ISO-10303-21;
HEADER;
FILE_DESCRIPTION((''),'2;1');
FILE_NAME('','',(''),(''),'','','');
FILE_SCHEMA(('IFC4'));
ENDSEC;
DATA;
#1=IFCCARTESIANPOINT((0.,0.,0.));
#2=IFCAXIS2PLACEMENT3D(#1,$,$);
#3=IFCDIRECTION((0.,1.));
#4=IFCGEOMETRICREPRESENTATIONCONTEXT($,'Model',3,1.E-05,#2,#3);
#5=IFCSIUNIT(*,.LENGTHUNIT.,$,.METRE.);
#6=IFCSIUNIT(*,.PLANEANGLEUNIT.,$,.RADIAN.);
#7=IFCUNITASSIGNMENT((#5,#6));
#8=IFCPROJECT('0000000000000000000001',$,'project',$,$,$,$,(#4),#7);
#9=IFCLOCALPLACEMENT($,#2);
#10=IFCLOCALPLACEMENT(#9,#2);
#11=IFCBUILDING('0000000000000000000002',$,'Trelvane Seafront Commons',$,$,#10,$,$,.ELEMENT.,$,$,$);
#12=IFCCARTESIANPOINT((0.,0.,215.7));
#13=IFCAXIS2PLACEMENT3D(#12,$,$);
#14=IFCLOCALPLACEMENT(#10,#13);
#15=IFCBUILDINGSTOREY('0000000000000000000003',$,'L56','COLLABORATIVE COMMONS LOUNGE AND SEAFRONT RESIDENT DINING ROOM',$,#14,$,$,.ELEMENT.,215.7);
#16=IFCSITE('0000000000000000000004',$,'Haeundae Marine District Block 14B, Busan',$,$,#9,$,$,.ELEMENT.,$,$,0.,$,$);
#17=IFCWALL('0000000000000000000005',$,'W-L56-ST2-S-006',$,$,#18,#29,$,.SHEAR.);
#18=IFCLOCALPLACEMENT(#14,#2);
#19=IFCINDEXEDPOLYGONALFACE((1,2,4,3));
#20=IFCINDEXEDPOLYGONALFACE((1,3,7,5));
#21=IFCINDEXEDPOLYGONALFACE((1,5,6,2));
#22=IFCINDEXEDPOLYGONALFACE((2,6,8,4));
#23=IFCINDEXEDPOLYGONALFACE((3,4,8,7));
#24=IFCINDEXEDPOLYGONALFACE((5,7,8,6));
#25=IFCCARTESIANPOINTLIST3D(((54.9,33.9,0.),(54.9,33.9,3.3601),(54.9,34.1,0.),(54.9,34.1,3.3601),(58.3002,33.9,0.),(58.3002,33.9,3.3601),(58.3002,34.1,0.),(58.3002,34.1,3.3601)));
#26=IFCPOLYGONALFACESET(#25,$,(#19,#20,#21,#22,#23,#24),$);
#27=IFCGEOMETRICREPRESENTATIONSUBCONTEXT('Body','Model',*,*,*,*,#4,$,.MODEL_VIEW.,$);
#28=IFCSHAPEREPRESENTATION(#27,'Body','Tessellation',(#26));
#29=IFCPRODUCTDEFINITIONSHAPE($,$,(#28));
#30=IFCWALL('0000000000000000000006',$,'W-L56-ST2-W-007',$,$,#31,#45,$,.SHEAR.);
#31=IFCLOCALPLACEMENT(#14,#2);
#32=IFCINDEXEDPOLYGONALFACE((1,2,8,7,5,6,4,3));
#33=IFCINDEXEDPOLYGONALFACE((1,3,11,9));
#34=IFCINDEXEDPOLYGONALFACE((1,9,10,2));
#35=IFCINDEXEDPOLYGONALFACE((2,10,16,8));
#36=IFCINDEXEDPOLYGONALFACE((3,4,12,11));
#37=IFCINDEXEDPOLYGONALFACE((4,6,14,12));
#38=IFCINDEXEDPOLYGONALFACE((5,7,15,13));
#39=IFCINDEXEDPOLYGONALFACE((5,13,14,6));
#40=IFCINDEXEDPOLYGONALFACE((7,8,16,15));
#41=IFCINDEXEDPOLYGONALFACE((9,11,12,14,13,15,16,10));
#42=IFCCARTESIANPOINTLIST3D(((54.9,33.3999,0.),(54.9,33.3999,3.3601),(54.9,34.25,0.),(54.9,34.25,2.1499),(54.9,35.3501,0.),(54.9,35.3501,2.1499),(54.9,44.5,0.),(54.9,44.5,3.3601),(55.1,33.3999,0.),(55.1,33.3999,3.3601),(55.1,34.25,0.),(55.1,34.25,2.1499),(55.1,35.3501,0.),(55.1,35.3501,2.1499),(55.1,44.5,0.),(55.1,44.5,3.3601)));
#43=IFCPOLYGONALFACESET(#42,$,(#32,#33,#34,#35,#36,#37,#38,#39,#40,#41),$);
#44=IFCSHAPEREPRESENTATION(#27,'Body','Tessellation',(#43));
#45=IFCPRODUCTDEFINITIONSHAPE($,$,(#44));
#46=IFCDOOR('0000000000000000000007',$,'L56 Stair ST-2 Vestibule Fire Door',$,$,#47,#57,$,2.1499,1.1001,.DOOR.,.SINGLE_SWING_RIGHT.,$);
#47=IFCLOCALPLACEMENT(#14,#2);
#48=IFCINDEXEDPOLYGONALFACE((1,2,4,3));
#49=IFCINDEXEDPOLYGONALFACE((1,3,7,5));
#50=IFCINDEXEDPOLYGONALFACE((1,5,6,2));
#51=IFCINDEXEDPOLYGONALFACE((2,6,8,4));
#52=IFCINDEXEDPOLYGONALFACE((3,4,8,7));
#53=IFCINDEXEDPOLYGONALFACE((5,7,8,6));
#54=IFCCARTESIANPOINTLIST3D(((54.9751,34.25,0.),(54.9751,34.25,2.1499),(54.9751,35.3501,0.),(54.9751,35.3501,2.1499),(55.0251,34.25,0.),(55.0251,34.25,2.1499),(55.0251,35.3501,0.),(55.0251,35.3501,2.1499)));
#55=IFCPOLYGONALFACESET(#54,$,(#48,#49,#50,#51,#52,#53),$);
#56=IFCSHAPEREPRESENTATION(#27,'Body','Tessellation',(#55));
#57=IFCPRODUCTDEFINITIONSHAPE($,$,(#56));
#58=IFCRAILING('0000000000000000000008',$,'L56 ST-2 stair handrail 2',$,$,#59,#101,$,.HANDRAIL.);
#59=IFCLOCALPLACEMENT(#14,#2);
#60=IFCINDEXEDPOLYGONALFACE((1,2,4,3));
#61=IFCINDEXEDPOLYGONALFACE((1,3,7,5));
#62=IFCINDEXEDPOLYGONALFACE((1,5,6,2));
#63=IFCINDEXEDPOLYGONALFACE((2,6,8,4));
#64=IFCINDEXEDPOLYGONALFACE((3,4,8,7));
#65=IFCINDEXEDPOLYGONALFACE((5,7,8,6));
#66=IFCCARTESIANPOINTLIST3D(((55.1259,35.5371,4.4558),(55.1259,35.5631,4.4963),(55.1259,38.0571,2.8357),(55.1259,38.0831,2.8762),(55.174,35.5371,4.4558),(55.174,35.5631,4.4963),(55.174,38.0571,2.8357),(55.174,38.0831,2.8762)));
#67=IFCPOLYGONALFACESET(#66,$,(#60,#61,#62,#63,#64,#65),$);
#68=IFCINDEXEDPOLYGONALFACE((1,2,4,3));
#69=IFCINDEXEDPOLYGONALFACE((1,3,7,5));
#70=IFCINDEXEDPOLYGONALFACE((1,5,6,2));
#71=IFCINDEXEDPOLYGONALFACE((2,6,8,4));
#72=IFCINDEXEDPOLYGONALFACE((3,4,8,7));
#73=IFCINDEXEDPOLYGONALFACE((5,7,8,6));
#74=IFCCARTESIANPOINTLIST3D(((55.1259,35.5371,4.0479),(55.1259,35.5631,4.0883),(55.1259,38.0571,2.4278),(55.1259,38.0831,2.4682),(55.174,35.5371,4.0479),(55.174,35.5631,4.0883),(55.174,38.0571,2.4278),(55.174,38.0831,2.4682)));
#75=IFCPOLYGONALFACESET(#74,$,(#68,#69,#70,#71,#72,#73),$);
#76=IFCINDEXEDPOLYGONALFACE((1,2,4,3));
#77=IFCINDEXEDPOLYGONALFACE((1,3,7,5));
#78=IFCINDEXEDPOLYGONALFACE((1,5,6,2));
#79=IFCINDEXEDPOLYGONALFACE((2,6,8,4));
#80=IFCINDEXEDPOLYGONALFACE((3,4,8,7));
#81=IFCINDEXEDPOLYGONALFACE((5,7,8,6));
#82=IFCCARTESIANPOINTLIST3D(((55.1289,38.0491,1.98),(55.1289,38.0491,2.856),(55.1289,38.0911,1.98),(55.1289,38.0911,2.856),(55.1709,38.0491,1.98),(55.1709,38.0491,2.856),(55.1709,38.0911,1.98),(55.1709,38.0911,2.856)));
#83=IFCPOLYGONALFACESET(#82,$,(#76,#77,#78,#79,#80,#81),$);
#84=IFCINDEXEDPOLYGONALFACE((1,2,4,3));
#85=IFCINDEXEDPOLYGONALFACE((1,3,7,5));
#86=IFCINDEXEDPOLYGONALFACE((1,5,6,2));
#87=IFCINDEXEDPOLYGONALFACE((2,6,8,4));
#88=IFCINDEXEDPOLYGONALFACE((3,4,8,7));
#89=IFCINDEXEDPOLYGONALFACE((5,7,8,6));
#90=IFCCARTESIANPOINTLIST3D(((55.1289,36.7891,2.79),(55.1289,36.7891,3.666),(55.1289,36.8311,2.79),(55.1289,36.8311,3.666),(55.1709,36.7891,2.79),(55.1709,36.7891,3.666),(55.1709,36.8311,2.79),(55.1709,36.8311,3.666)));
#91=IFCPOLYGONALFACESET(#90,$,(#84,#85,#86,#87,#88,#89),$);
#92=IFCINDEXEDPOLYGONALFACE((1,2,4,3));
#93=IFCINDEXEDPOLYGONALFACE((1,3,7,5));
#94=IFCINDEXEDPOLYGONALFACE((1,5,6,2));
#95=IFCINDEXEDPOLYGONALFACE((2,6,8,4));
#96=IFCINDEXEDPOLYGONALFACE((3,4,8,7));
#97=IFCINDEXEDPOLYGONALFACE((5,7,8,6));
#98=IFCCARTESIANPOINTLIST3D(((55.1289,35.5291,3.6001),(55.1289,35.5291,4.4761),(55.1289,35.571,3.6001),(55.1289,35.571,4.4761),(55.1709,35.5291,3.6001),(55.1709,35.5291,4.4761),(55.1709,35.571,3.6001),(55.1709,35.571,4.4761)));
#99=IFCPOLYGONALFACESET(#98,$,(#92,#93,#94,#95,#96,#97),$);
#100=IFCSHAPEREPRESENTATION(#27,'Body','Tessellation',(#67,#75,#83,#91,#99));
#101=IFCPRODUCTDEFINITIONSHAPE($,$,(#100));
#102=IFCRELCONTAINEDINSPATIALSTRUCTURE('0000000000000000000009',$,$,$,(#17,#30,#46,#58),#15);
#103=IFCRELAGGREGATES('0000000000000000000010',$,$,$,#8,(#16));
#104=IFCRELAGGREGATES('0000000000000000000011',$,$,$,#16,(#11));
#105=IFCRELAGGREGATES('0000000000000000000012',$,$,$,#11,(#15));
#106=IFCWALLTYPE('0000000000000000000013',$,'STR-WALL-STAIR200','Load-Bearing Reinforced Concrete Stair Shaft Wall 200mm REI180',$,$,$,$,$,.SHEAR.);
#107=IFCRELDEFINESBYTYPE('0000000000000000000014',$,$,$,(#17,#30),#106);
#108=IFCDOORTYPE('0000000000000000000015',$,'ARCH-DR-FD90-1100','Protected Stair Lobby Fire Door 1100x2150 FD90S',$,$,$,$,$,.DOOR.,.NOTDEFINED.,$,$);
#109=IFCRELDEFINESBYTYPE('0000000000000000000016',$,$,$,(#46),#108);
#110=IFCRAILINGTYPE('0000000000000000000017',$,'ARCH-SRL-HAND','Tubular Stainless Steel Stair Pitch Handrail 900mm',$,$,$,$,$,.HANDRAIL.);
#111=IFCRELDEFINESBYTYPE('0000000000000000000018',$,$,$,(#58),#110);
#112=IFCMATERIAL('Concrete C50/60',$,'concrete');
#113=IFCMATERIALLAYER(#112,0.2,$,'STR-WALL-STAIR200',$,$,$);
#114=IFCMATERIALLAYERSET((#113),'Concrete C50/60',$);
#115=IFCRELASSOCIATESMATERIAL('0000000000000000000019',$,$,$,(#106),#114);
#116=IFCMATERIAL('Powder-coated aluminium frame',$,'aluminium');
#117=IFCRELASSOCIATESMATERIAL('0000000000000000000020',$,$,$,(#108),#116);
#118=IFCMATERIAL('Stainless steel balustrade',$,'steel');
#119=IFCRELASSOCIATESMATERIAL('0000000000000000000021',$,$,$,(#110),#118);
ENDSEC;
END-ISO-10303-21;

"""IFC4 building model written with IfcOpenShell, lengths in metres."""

from ifc_helpers import new_model, si_unit, direction, frame, frame_2d, origin, origin_2d, place, context, subcontext, project, spatial, rectangle, extrude, source, transform, mapped, material, layer, layer_set, type_object, element, fill, save


model = new_model("IFC4")

# Units and contexts
model_context = context("Model", 3, precision=1e-05, world=origin(), true_north=direction((0.0, 1.0)))
body_context = subcontext(model_context, "Body", "Model", "MODEL_VIEW")
ifc_project = project(units=[si_unit("LENGTHUNIT", "METRE"), si_unit("PLANEANGLEUNIT", "RADIAN")], contexts=[model_context])

# Site, building, storey
site_placement = place(None, origin())
site = spatial("IfcSite", under=ifc_project, at=site_placement, Name="Haeundae Marine District Block 14B, Busan", CompositionType="ELEMENT", RefElevation=0.0)
building_placement = place(site_placement, origin())
building = spatial("IfcBuilding", under=site, at=building_placement, Name="Trelvane Seafront Commons", CompositionType="ELEMENT")
storey_placement = place(building_placement, frame((0.0, 0.0, 215.7)))
storey = spatial("IfcBuildingStorey", under=building, at=storey_placement, Name="L56", Description="COLLABORATIVE COMMONS LOUNGE AND SEAFRONT RESIDENT DINING ROOM", CompositionType="ELEMENT", Elevation=215.7)

# Shared definitions
ifc_material_1 = material(Name="Concrete C50/60", Category="concrete")

# Shared definitions
ifc_material_2 = material(Name="Powder-coated aluminium frame", Category="aluminium")

# Wall
ifc_layer_1 = layer(ifc_material_1, 0.2, Name="STR-WALL-STAIR200")
ifc_layer_set_1 = layer_set([ifc_layer_1], Name="Concrete C50/60")
wall_type_1 = type_object("IfcWallType", Name="STR-WALL-STAIR200", Description="Load-Bearing Reinforced Concrete Stair Shaft Wall 200mm REI180", PredefinedType="SHEAR", material=ifc_layer_set_1)
wall_1_placement = place(storey_placement, frame((54.8999, 34.0, 0.0), z_axis=(0.0, 0.0, 1.0), x_axis=(1.0, 0.0, 0.0)))
element("IfcWall", 1, at=wall_1_placement, inside=storey, type_object=wall_type_1, Name="W-L56-ST2-S-006", PredefinedType="SHEAR", context=body_context, shape_type="SweptSolid", body=[
    extrude(rectangle(XDim=3.4001, YDim=0.2, at=frame_2d((1.7002, 0.0))), origin(), (0.0, 0.0, 1.0), 3.3601),
])

# Wall, opening, door
wall_2_placement = place(storey_placement, frame((55.0, 33.3999, 0.0), z_axis=(0.0, 0.0, 1.0), x_axis=(0.0, 1.0, 0.0)))
wall_2 = element("IfcWall", 2, at=wall_2_placement, inside=storey, type_object=wall_type_1, Name="W-L56-ST2-W-007", PredefinedType="SHEAR", context=body_context, shape_type="SweptSolid", body=[
    extrude(rectangle(XDim=11.1001, YDim=0.2, at=frame_2d((5.55, 0.0))), origin(), (0.0, 0.0, 1.0), 3.3601),
])
opening_1_placement = place(wall_2_placement, frame((0.8501, 0.0, 0.0)))
opening_1 = element("IfcOpeningElement", 3, at=opening_1_placement, cuts=wall_2, PredefinedType="OPENING", context=body_context, shape_type="SweptSolid", body=[
    extrude(rectangle(XDim=1.1001, YDim=2.1499, at=frame_2d((0.55, 1.075))), frame((0.0, 0.1099, 0.0), z_axis=(0.0, -1.0, 0.0), x_axis=(1.0, 0.0, 0.0)), (0.0, 0.0, 1.0), 0.22),
])
door_type_1 = type_object("IfcDoorType", Name="ARCH-DR-FD90-1100", Description="Protected Stair Lobby Fire Door 1100x2150 FD90S", OperationType="NOTDEFINED", PredefinedType="DOOR", material=ifc_material_2)
shared_shape_1 = source(origin(), body_context, "Body", "SweptSolid", [
    extrude(rectangle(XDim=1.1001, YDim=2.1499, at=frame_2d((0.55, 1.075))), frame((0.0, 0.0249, 0.0), z_axis=(0.0, -1.0, 0.0), x_axis=(1.0, 0.0, 0.0)), (0.0, 0.0, 1.0), 0.05),
])
door_1_placement = place(opening_1_placement, origin())
door_1 = element("IfcDoor", 4, at=door_1_placement, inside=storey, type_object=door_type_1, Name="L56 Stair ST-2 Vestibule Fire Door", OperationType="SINGLE_SWING_RIGHT", OverallHeight=2.1499, OverallWidth=1.1001, PredefinedType="DOOR", context=body_context, shape_type="MappedRepresentation", body=[
    mapped(shared_shape_1, transform((0.0, 0.0, 0.0), x_axis=(1.0, 0.0, 0.0), y_axis=(0.0, 1.0, 0.0), z_axis=(0.0, 0.0, 1.0), scale=1.0)),
])
fill(opening_1, door_1)

# Railing
ifc_material_3 = material(Name="Stainless steel balustrade", Category="steel")
railing_type = type_object("IfcRailingType", Name="ARCH-SRL-HAND", Description="Tubular Stainless Steel Stair Pitch Handrail 900mm", PredefinedType="HANDRAIL", material=ifc_material_3)
railing_placement = place(storey_placement, frame((55.1499, 38.0701, 1.98)))
element("IfcRailing", 5, at=railing_placement, inside=storey, type_object=railing_type, Name="L56 ST-2 stair handrail 2", PredefinedType="HANDRAIL", context=body_context, shape_type="SweptSolid", body=[
    extrude(rectangle(XDim=0.0481, YDim=0.0481, at=origin_2d()), frame((0.0, 0.0, 0.876), z_axis=(0.0, -0.841163, 0.540782), x_axis=(1.0, 0.0, 0.0)), (0.0, 0.0, 1.0), 2.9958),
    extrude(rectangle(XDim=0.0481, YDim=0.0481, at=origin_2d()), frame((0.0, 0.0, 0.468), z_axis=(0.0, -0.841163, 0.540782), x_axis=(1.0, 0.0, 0.0)), (0.0, 0.0, 1.0), 2.9958),
    extrude(rectangle(XDim=0.042, YDim=0.042, at=origin_2d()), origin(), (0.0, 0.0, 1.0), 0.876),
    extrude(rectangle(XDim=0.042, YDim=0.042, at=origin_2d()), frame((0.0, -1.26, 0.8101)), (0.0, 0.0, 1.0), 0.876),
    extrude(rectangle(XDim=0.042, YDim=0.042, at=origin_2d()), frame((0.0, -2.52, 1.6201)), (0.0, 0.0, 1.0), 0.876),
])

save(model, "model.ifc")
